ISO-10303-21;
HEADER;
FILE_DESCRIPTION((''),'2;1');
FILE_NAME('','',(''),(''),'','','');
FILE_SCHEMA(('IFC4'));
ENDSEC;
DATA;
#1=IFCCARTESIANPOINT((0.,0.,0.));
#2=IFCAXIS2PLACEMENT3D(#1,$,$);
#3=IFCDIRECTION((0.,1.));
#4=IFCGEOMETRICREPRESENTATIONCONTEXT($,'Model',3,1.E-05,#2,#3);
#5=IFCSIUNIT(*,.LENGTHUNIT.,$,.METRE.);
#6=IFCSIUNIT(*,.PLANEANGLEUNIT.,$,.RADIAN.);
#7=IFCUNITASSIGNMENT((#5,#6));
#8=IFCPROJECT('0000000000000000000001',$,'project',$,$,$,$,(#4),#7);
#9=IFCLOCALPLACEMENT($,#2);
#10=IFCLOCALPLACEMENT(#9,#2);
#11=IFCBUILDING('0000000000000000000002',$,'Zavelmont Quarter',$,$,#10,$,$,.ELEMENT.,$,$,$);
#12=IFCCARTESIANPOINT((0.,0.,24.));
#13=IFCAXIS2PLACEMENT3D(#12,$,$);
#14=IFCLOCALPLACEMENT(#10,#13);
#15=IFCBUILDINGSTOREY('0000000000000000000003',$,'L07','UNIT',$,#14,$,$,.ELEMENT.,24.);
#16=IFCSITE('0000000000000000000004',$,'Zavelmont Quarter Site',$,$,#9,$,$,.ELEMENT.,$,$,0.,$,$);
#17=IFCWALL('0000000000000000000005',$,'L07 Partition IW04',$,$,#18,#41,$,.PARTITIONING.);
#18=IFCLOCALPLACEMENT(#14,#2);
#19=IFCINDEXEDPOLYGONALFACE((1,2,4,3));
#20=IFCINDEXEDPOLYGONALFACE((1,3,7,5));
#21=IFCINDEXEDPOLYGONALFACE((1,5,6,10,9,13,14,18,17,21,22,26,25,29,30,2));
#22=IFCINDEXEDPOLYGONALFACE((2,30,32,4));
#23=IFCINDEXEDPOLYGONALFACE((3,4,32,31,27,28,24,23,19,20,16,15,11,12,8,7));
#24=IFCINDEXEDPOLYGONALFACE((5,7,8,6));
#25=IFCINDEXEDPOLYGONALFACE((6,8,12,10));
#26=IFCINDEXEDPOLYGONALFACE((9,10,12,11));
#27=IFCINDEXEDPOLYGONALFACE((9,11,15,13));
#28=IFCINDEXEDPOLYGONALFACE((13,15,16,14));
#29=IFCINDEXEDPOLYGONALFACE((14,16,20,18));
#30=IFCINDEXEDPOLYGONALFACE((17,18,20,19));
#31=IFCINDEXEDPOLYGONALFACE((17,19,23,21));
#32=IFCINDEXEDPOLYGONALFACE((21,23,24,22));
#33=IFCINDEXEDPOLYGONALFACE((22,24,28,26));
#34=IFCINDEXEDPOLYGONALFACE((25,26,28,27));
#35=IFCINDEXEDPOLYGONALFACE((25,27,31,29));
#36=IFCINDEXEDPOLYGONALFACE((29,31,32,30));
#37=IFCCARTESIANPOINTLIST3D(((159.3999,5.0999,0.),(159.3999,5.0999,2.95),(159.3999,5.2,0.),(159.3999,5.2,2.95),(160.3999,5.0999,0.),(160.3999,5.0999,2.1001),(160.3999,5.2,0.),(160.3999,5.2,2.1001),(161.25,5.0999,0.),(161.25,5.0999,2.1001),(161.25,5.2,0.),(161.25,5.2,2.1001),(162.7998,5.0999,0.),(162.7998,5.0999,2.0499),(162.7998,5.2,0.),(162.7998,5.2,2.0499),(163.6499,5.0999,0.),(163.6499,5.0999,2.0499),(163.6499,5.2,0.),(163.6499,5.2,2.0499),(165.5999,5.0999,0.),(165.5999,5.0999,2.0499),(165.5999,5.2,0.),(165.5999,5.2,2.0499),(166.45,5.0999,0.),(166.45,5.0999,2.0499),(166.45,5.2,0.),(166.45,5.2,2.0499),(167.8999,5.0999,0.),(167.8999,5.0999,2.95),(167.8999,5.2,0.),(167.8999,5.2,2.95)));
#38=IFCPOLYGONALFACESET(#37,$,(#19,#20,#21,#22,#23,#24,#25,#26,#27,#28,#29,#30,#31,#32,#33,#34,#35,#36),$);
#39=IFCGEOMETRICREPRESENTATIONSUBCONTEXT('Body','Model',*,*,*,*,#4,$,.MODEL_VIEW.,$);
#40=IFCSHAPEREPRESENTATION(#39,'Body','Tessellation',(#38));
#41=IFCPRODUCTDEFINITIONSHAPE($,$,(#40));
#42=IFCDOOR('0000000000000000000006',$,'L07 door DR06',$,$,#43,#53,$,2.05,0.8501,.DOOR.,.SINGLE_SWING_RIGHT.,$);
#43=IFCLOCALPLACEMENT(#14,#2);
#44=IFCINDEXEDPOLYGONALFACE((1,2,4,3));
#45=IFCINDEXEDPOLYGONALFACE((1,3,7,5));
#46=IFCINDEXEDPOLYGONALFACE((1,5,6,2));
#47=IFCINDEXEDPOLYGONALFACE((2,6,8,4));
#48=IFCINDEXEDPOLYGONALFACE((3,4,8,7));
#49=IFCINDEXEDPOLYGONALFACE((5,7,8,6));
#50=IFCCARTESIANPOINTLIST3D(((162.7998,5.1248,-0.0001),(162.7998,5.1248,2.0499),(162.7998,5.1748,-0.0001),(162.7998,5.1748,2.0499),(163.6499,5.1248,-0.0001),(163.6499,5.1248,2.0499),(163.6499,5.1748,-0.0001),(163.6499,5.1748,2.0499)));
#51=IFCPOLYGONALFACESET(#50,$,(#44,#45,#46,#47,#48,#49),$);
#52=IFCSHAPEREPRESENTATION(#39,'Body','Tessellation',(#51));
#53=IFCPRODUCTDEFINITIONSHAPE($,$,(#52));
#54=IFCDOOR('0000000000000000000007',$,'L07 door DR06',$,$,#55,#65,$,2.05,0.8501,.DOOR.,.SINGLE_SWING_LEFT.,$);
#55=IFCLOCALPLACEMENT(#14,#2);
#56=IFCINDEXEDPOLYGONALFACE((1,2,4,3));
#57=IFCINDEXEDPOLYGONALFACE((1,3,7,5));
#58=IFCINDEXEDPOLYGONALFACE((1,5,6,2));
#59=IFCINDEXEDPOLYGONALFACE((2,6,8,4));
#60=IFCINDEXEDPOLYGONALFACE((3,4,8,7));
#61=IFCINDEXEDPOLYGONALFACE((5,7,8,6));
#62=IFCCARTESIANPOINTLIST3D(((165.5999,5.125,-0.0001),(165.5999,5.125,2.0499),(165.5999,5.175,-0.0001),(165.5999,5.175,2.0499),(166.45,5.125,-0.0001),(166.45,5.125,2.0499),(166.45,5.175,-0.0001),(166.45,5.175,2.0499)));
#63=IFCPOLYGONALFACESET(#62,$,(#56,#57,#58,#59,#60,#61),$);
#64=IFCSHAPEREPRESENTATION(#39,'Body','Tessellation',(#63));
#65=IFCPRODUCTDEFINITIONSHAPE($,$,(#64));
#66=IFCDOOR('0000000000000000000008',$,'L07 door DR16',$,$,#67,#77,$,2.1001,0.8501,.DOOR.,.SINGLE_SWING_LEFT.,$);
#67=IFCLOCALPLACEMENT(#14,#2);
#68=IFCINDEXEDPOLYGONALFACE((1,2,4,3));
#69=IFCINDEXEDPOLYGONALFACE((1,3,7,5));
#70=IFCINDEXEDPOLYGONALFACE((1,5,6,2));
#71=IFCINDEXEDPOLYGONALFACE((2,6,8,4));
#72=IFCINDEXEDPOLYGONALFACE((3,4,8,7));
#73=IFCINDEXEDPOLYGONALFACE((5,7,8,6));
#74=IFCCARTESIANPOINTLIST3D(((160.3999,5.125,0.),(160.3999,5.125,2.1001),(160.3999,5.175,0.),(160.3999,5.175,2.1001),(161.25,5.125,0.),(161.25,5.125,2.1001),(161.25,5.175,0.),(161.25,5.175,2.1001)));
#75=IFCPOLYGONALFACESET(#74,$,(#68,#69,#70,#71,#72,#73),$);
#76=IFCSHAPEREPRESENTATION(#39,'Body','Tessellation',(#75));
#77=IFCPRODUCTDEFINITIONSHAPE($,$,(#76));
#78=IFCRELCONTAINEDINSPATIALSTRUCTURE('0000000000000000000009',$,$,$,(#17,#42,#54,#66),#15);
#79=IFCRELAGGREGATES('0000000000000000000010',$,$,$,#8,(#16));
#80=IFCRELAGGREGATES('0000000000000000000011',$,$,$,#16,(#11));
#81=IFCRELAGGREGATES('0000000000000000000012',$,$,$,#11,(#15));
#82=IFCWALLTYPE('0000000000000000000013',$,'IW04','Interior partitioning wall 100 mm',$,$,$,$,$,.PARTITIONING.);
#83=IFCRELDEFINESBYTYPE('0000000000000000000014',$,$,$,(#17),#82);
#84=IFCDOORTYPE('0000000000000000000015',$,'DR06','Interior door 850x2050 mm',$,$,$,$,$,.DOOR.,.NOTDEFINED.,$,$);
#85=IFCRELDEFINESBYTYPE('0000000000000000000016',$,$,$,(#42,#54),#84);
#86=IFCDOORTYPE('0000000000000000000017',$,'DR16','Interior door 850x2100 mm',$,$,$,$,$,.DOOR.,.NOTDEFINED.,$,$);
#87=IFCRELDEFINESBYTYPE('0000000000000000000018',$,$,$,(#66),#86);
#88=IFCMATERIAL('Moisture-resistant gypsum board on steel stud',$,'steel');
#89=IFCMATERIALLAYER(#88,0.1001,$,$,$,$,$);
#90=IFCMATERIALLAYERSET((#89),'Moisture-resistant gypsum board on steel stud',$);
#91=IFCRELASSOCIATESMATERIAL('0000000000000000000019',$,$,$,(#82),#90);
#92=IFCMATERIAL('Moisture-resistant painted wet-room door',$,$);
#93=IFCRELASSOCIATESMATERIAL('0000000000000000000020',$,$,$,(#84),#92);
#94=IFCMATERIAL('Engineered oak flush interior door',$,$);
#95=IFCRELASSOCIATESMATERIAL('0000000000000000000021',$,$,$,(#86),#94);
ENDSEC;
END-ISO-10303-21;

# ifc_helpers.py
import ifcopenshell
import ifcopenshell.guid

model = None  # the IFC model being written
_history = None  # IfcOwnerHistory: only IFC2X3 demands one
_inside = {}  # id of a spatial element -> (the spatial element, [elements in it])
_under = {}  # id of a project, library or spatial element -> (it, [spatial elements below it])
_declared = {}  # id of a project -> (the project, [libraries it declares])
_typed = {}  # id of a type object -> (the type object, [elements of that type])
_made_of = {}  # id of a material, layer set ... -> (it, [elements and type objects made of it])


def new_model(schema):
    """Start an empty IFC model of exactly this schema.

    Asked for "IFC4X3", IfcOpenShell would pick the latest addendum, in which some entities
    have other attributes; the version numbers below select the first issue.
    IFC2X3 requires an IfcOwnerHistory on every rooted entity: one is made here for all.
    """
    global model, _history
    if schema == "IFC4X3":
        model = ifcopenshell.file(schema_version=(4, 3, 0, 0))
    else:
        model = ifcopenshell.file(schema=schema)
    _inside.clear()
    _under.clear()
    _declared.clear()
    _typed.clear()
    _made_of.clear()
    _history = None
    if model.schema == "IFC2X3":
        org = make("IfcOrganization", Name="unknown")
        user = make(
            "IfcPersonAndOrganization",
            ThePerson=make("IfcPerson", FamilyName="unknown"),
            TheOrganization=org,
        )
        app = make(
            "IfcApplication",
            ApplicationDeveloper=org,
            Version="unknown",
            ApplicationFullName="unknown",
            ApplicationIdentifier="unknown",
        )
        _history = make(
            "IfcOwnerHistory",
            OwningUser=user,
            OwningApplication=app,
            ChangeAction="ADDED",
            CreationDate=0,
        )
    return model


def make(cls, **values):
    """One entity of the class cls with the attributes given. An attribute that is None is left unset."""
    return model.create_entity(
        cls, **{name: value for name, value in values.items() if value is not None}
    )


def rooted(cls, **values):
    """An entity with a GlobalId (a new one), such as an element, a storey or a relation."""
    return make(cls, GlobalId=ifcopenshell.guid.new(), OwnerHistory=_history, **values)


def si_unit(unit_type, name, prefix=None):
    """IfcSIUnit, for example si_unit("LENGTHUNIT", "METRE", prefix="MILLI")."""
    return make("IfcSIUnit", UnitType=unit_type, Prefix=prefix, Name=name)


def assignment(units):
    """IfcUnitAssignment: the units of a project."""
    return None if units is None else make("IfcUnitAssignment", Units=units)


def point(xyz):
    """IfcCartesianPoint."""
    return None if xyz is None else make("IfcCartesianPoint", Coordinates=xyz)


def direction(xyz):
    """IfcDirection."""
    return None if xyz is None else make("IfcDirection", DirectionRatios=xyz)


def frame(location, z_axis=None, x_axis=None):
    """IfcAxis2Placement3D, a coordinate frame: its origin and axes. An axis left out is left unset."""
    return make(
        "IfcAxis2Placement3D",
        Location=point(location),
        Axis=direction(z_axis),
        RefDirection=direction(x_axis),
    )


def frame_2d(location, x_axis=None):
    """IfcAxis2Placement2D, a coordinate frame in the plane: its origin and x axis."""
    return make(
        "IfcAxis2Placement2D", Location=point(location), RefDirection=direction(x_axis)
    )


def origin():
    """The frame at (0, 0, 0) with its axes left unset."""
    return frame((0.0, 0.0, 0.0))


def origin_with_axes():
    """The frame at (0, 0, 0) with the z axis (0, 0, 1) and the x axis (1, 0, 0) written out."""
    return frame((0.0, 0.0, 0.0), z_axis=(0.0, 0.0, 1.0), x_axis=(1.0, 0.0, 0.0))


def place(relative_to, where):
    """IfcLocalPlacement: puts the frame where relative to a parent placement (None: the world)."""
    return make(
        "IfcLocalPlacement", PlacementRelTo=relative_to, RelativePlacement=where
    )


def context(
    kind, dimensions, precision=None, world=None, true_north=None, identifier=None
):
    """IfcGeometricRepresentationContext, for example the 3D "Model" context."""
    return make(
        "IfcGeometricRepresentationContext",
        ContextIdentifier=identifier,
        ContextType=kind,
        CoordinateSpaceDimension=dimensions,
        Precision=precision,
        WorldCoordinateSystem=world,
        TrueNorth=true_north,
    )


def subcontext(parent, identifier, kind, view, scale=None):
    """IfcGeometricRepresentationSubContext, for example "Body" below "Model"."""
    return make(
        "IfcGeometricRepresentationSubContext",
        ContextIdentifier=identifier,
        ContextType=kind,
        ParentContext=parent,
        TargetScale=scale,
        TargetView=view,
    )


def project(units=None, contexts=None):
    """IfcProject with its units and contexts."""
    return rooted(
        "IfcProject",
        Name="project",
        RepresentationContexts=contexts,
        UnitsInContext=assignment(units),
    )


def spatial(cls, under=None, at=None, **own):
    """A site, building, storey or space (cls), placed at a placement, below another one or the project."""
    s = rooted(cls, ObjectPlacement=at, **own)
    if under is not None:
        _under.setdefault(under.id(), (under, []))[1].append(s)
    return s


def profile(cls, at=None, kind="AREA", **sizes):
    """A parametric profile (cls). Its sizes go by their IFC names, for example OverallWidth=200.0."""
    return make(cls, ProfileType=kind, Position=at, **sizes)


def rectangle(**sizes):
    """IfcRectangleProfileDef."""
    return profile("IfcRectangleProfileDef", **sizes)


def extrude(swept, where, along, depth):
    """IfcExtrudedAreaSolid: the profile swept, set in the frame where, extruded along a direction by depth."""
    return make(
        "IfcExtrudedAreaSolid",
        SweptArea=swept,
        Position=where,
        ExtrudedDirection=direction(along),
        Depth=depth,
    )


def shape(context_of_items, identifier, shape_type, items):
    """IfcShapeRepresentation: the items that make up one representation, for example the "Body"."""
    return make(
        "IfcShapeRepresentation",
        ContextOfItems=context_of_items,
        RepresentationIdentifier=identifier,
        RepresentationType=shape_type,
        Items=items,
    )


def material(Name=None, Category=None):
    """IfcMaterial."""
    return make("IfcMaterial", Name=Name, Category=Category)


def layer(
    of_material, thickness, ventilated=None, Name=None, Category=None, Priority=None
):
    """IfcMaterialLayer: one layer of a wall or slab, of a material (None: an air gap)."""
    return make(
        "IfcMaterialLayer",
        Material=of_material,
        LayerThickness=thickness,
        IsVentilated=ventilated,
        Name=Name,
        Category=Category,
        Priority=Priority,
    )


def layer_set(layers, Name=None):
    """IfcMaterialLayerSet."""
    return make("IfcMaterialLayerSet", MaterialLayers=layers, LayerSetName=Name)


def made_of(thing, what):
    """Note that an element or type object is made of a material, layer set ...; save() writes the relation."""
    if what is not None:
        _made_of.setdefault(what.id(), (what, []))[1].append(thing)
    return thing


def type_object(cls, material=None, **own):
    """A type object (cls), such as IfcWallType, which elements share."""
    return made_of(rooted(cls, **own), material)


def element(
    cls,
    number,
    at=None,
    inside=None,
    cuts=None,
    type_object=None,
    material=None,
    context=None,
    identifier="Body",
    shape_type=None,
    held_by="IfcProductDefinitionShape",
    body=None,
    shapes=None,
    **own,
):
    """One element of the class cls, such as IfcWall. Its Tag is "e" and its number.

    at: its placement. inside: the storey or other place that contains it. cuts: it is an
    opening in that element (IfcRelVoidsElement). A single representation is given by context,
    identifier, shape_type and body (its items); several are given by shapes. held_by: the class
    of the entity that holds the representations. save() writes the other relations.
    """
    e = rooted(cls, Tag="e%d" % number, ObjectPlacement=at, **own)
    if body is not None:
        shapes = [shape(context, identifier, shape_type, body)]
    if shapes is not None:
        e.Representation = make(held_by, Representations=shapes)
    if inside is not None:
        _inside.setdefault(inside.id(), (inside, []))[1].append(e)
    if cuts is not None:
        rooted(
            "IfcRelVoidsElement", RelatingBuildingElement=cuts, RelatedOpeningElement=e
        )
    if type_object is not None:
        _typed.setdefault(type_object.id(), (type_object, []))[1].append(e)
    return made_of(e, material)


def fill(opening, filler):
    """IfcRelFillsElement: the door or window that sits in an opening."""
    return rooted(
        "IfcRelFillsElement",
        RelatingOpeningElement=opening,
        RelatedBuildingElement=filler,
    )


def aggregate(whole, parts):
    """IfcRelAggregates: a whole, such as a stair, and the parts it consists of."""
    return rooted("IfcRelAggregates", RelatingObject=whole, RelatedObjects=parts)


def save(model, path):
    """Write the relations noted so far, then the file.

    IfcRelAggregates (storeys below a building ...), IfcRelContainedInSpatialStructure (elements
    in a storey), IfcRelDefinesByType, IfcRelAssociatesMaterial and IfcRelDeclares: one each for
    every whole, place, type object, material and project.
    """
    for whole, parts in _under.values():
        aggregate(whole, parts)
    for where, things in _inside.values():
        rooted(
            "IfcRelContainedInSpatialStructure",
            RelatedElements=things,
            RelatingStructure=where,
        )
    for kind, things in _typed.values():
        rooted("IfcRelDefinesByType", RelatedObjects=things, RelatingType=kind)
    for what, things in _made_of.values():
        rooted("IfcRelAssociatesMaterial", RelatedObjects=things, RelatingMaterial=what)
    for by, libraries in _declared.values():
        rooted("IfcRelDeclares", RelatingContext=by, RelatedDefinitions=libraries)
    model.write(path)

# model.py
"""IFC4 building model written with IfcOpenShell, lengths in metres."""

from ifc_helpers import new_model, si_unit, direction, frame, frame_2d, origin, origin_with_axes, place, context, subcontext, project, spatial, rectangle, extrude, material, layer, layer_set, type_object, element, fill, save


model = new_model("IFC4")

# Units and contexts
model_context = context("Model", 3, precision=1e-05, world=origin(), true_north=direction((0.0, 1.0)))
body_context = subcontext(model_context, "Body", "Model", "MODEL_VIEW")
ifc_project = project(units=[si_unit("LENGTHUNIT", "METRE"), si_unit("PLANEANGLEUNIT", "RADIAN")], contexts=[model_context])

# Site, building, storey
site_placement = place(None, origin())
site = spatial("IfcSite", under=ifc_project, at=site_placement, Name="Zavelmont Quarter Site", CompositionType="ELEMENT", RefElevation=0.0)
building_placement = place(site_placement, origin())
building = spatial("IfcBuilding", under=site, at=building_placement, Name="Zavelmont Quarter", CompositionType="ELEMENT")
storey_placement = place(building_placement, frame((0.0, 0.0, 24.0)))
storey = spatial("IfcBuildingStorey", under=building, at=storey_placement, Name="L07", Description="UNIT", CompositionType="ELEMENT", Elevation=24.0)

# Shared definitions
ifc_material_1 = material(Name="Engineered oak flush interior door")

# Wall, openings, doors
ifc_material_2 = material(Name="Moisture-resistant gypsum board on steel stud", Category="steel")
ifc_layer_1 = layer(ifc_material_2, 0.1001)
ifc_layer_set_1 = layer_set([ifc_layer_1], Name="Moisture-resistant gypsum board on steel stud")
wall_type_1 = type_object("IfcWallType", Name="IW04", Description="Interior partitioning wall 100 mm", PredefinedType="PARTITIONING", material=ifc_layer_set_1)
wall_1_placement = place(storey_placement, frame((159.3999, 5.1499, 0.0), z_axis=(0.0, 0.0, 1.0), x_axis=(1.0, 0.0, 0.0)))
wall_1 = element("IfcWall", 1, at=wall_1_placement, inside=storey, type_object=wall_type_1, Name="L07 Partition IW04", PredefinedType="PARTITIONING", context=body_context, shape_type="SweptSolid", body=[
    extrude(rectangle(XDim=8.5, YDim=0.1001, at=frame_2d((4.25, 0.0))), origin(), (0.0, 0.0, 1.0), 2.95),
])
opening_1_placement = place(wall_1_placement, frame((1.0, 0.0, 0.0)))
opening_1 = element("IfcOpeningElement", 2, at=opening_1_placement, cuts=wall_1, PredefinedType="OPENING", context=body_context, shape_type="SweptSolid", body=[
    extrude(rectangle(XDim=0.8501, YDim=2.1001, at=frame_2d((0.425, 1.05))), frame((0.0, 0.062, 0.0), z_axis=(0.0, -1.0, 0.0), x_axis=(1.0, 0.0, 0.0)), (0.0, 0.0, 1.0), 0.124),
])
opening_2_placement = place(wall_1_placement, frame((3.3999, 0.0, 0.0)))
opening_2 = element("IfcOpeningElement", 3, at=opening_2_placement, cuts=wall_1, PredefinedType="OPENING", context=body_context, shape_type="SweptSolid", body=[
    extrude(rectangle(XDim=0.8501, YDim=2.05, at=frame_2d((0.425, 1.0249))), frame((0.0, 0.062, 0.0), z_axis=(0.0, -1.0, 0.0), x_axis=(1.0, 0.0, 0.0)), (0.0, 0.0, 1.0), 0.124),
])
opening_3_placement = place(wall_1_placement, frame((6.2, 0.0, 0.0)))
opening_3 = element("IfcOpeningElement", 4, at=opening_3_placement, cuts=wall_1, PredefinedType="OPENING", context=body_context, shape_type="SweptSolid", body=[
    extrude(rectangle(XDim=0.8501, YDim=2.05, at=frame_2d((0.425, 1.0249))), frame((0.0, 0.062, 0.0), z_axis=(0.0, -1.0, 0.0), x_axis=(1.0, 0.0, 0.0)), (0.0, 0.0, 1.0), 0.124),
])
ifc_material_3 = material(Name="Moisture-resistant painted wet-room door")
door_type_1 = type_object("IfcDoorType", Name="DR06", Description="Interior door 850x2050 mm", OperationType="NOTDEFINED", PredefinedType="DOOR", material=ifc_material_3)
door_1_placement = place(opening_2_placement, origin_with_axes())
door_1 = element("IfcDoor", 5, at=door_1_placement, inside=storey, type_object=door_type_1, Name="L07 door DR06", OperationType="SINGLE_SWING_RIGHT", OverallHeight=2.05, OverallWidth=0.8501, PredefinedType="DOOR", context=body_context, shape_type="SweptSolid", body=[
    extrude(rectangle(XDim=0.8501, YDim=2.05, at=frame_2d((0.425, 1.0249))), frame((0.0, 0.0249, 0.0), z_axis=(0.0, -1.0, 0.0), x_axis=(1.0, 0.0, 0.0)), (0.0, 0.0, 1.0), 0.05),
])
fill(opening_2, door_1)
door_2_placement = place(opening_3_placement, frame((0.8501, 0.0, 0.0), z_axis=(0.0, 0.0, 1.0), x_axis=(-1.0, 0.0, 0.0)))
door_2 = element("IfcDoor", 6, at=door_2_placement, inside=storey, type_object=door_type_1, Name="L07 door DR06", OperationType="SINGLE_SWING_LEFT", OverallHeight=2.05, OverallWidth=0.8501, PredefinedType="DOOR", context=body_context, shape_type="SweptSolid", body=[
    extrude(rectangle(XDim=0.8501, YDim=2.05, at=frame_2d((0.425, 1.0249))), frame((0.0, 0.0249, 0.0), z_axis=(0.0, -1.0, 0.0), x_axis=(1.0, 0.0, 0.0)), (0.0, 0.0, 1.0), 0.05),
])
fill(opening_3, door_2)
door_type_2 = type_object("IfcDoorType", Name="DR16", Description="Interior door 850x2100 mm", OperationType="NOTDEFINED", PredefinedType="DOOR", material=ifc_material_1)
door_3_placement = place(opening_1_placement, frame((0.8501, 0.0, 0.0), z_axis=(0.0, 0.0, 1.0), x_axis=(-1.0, 0.0, 0.0)))
door_3 = element("IfcDoor", 7, at=door_3_placement, inside=storey, type_object=door_type_2, Name="L07 door DR16", OperationType="SINGLE_SWING_LEFT", OverallHeight=2.1001, OverallWidth=0.8501, PredefinedType="DOOR", context=body_context, shape_type="SweptSolid", body=[
    extrude(rectangle(XDim=0.8501, YDim=2.1001, at=frame_2d((0.425, 1.05))), frame((0.0, 0.0249, 0.0), z_axis=(0.0, -1.0, 0.0), x_axis=(1.0, 0.0, 0.0)), (0.0, 0.0, 1.0), 0.05),
])
fill(opening_1, door_3)

save(model, "model.ifc")
